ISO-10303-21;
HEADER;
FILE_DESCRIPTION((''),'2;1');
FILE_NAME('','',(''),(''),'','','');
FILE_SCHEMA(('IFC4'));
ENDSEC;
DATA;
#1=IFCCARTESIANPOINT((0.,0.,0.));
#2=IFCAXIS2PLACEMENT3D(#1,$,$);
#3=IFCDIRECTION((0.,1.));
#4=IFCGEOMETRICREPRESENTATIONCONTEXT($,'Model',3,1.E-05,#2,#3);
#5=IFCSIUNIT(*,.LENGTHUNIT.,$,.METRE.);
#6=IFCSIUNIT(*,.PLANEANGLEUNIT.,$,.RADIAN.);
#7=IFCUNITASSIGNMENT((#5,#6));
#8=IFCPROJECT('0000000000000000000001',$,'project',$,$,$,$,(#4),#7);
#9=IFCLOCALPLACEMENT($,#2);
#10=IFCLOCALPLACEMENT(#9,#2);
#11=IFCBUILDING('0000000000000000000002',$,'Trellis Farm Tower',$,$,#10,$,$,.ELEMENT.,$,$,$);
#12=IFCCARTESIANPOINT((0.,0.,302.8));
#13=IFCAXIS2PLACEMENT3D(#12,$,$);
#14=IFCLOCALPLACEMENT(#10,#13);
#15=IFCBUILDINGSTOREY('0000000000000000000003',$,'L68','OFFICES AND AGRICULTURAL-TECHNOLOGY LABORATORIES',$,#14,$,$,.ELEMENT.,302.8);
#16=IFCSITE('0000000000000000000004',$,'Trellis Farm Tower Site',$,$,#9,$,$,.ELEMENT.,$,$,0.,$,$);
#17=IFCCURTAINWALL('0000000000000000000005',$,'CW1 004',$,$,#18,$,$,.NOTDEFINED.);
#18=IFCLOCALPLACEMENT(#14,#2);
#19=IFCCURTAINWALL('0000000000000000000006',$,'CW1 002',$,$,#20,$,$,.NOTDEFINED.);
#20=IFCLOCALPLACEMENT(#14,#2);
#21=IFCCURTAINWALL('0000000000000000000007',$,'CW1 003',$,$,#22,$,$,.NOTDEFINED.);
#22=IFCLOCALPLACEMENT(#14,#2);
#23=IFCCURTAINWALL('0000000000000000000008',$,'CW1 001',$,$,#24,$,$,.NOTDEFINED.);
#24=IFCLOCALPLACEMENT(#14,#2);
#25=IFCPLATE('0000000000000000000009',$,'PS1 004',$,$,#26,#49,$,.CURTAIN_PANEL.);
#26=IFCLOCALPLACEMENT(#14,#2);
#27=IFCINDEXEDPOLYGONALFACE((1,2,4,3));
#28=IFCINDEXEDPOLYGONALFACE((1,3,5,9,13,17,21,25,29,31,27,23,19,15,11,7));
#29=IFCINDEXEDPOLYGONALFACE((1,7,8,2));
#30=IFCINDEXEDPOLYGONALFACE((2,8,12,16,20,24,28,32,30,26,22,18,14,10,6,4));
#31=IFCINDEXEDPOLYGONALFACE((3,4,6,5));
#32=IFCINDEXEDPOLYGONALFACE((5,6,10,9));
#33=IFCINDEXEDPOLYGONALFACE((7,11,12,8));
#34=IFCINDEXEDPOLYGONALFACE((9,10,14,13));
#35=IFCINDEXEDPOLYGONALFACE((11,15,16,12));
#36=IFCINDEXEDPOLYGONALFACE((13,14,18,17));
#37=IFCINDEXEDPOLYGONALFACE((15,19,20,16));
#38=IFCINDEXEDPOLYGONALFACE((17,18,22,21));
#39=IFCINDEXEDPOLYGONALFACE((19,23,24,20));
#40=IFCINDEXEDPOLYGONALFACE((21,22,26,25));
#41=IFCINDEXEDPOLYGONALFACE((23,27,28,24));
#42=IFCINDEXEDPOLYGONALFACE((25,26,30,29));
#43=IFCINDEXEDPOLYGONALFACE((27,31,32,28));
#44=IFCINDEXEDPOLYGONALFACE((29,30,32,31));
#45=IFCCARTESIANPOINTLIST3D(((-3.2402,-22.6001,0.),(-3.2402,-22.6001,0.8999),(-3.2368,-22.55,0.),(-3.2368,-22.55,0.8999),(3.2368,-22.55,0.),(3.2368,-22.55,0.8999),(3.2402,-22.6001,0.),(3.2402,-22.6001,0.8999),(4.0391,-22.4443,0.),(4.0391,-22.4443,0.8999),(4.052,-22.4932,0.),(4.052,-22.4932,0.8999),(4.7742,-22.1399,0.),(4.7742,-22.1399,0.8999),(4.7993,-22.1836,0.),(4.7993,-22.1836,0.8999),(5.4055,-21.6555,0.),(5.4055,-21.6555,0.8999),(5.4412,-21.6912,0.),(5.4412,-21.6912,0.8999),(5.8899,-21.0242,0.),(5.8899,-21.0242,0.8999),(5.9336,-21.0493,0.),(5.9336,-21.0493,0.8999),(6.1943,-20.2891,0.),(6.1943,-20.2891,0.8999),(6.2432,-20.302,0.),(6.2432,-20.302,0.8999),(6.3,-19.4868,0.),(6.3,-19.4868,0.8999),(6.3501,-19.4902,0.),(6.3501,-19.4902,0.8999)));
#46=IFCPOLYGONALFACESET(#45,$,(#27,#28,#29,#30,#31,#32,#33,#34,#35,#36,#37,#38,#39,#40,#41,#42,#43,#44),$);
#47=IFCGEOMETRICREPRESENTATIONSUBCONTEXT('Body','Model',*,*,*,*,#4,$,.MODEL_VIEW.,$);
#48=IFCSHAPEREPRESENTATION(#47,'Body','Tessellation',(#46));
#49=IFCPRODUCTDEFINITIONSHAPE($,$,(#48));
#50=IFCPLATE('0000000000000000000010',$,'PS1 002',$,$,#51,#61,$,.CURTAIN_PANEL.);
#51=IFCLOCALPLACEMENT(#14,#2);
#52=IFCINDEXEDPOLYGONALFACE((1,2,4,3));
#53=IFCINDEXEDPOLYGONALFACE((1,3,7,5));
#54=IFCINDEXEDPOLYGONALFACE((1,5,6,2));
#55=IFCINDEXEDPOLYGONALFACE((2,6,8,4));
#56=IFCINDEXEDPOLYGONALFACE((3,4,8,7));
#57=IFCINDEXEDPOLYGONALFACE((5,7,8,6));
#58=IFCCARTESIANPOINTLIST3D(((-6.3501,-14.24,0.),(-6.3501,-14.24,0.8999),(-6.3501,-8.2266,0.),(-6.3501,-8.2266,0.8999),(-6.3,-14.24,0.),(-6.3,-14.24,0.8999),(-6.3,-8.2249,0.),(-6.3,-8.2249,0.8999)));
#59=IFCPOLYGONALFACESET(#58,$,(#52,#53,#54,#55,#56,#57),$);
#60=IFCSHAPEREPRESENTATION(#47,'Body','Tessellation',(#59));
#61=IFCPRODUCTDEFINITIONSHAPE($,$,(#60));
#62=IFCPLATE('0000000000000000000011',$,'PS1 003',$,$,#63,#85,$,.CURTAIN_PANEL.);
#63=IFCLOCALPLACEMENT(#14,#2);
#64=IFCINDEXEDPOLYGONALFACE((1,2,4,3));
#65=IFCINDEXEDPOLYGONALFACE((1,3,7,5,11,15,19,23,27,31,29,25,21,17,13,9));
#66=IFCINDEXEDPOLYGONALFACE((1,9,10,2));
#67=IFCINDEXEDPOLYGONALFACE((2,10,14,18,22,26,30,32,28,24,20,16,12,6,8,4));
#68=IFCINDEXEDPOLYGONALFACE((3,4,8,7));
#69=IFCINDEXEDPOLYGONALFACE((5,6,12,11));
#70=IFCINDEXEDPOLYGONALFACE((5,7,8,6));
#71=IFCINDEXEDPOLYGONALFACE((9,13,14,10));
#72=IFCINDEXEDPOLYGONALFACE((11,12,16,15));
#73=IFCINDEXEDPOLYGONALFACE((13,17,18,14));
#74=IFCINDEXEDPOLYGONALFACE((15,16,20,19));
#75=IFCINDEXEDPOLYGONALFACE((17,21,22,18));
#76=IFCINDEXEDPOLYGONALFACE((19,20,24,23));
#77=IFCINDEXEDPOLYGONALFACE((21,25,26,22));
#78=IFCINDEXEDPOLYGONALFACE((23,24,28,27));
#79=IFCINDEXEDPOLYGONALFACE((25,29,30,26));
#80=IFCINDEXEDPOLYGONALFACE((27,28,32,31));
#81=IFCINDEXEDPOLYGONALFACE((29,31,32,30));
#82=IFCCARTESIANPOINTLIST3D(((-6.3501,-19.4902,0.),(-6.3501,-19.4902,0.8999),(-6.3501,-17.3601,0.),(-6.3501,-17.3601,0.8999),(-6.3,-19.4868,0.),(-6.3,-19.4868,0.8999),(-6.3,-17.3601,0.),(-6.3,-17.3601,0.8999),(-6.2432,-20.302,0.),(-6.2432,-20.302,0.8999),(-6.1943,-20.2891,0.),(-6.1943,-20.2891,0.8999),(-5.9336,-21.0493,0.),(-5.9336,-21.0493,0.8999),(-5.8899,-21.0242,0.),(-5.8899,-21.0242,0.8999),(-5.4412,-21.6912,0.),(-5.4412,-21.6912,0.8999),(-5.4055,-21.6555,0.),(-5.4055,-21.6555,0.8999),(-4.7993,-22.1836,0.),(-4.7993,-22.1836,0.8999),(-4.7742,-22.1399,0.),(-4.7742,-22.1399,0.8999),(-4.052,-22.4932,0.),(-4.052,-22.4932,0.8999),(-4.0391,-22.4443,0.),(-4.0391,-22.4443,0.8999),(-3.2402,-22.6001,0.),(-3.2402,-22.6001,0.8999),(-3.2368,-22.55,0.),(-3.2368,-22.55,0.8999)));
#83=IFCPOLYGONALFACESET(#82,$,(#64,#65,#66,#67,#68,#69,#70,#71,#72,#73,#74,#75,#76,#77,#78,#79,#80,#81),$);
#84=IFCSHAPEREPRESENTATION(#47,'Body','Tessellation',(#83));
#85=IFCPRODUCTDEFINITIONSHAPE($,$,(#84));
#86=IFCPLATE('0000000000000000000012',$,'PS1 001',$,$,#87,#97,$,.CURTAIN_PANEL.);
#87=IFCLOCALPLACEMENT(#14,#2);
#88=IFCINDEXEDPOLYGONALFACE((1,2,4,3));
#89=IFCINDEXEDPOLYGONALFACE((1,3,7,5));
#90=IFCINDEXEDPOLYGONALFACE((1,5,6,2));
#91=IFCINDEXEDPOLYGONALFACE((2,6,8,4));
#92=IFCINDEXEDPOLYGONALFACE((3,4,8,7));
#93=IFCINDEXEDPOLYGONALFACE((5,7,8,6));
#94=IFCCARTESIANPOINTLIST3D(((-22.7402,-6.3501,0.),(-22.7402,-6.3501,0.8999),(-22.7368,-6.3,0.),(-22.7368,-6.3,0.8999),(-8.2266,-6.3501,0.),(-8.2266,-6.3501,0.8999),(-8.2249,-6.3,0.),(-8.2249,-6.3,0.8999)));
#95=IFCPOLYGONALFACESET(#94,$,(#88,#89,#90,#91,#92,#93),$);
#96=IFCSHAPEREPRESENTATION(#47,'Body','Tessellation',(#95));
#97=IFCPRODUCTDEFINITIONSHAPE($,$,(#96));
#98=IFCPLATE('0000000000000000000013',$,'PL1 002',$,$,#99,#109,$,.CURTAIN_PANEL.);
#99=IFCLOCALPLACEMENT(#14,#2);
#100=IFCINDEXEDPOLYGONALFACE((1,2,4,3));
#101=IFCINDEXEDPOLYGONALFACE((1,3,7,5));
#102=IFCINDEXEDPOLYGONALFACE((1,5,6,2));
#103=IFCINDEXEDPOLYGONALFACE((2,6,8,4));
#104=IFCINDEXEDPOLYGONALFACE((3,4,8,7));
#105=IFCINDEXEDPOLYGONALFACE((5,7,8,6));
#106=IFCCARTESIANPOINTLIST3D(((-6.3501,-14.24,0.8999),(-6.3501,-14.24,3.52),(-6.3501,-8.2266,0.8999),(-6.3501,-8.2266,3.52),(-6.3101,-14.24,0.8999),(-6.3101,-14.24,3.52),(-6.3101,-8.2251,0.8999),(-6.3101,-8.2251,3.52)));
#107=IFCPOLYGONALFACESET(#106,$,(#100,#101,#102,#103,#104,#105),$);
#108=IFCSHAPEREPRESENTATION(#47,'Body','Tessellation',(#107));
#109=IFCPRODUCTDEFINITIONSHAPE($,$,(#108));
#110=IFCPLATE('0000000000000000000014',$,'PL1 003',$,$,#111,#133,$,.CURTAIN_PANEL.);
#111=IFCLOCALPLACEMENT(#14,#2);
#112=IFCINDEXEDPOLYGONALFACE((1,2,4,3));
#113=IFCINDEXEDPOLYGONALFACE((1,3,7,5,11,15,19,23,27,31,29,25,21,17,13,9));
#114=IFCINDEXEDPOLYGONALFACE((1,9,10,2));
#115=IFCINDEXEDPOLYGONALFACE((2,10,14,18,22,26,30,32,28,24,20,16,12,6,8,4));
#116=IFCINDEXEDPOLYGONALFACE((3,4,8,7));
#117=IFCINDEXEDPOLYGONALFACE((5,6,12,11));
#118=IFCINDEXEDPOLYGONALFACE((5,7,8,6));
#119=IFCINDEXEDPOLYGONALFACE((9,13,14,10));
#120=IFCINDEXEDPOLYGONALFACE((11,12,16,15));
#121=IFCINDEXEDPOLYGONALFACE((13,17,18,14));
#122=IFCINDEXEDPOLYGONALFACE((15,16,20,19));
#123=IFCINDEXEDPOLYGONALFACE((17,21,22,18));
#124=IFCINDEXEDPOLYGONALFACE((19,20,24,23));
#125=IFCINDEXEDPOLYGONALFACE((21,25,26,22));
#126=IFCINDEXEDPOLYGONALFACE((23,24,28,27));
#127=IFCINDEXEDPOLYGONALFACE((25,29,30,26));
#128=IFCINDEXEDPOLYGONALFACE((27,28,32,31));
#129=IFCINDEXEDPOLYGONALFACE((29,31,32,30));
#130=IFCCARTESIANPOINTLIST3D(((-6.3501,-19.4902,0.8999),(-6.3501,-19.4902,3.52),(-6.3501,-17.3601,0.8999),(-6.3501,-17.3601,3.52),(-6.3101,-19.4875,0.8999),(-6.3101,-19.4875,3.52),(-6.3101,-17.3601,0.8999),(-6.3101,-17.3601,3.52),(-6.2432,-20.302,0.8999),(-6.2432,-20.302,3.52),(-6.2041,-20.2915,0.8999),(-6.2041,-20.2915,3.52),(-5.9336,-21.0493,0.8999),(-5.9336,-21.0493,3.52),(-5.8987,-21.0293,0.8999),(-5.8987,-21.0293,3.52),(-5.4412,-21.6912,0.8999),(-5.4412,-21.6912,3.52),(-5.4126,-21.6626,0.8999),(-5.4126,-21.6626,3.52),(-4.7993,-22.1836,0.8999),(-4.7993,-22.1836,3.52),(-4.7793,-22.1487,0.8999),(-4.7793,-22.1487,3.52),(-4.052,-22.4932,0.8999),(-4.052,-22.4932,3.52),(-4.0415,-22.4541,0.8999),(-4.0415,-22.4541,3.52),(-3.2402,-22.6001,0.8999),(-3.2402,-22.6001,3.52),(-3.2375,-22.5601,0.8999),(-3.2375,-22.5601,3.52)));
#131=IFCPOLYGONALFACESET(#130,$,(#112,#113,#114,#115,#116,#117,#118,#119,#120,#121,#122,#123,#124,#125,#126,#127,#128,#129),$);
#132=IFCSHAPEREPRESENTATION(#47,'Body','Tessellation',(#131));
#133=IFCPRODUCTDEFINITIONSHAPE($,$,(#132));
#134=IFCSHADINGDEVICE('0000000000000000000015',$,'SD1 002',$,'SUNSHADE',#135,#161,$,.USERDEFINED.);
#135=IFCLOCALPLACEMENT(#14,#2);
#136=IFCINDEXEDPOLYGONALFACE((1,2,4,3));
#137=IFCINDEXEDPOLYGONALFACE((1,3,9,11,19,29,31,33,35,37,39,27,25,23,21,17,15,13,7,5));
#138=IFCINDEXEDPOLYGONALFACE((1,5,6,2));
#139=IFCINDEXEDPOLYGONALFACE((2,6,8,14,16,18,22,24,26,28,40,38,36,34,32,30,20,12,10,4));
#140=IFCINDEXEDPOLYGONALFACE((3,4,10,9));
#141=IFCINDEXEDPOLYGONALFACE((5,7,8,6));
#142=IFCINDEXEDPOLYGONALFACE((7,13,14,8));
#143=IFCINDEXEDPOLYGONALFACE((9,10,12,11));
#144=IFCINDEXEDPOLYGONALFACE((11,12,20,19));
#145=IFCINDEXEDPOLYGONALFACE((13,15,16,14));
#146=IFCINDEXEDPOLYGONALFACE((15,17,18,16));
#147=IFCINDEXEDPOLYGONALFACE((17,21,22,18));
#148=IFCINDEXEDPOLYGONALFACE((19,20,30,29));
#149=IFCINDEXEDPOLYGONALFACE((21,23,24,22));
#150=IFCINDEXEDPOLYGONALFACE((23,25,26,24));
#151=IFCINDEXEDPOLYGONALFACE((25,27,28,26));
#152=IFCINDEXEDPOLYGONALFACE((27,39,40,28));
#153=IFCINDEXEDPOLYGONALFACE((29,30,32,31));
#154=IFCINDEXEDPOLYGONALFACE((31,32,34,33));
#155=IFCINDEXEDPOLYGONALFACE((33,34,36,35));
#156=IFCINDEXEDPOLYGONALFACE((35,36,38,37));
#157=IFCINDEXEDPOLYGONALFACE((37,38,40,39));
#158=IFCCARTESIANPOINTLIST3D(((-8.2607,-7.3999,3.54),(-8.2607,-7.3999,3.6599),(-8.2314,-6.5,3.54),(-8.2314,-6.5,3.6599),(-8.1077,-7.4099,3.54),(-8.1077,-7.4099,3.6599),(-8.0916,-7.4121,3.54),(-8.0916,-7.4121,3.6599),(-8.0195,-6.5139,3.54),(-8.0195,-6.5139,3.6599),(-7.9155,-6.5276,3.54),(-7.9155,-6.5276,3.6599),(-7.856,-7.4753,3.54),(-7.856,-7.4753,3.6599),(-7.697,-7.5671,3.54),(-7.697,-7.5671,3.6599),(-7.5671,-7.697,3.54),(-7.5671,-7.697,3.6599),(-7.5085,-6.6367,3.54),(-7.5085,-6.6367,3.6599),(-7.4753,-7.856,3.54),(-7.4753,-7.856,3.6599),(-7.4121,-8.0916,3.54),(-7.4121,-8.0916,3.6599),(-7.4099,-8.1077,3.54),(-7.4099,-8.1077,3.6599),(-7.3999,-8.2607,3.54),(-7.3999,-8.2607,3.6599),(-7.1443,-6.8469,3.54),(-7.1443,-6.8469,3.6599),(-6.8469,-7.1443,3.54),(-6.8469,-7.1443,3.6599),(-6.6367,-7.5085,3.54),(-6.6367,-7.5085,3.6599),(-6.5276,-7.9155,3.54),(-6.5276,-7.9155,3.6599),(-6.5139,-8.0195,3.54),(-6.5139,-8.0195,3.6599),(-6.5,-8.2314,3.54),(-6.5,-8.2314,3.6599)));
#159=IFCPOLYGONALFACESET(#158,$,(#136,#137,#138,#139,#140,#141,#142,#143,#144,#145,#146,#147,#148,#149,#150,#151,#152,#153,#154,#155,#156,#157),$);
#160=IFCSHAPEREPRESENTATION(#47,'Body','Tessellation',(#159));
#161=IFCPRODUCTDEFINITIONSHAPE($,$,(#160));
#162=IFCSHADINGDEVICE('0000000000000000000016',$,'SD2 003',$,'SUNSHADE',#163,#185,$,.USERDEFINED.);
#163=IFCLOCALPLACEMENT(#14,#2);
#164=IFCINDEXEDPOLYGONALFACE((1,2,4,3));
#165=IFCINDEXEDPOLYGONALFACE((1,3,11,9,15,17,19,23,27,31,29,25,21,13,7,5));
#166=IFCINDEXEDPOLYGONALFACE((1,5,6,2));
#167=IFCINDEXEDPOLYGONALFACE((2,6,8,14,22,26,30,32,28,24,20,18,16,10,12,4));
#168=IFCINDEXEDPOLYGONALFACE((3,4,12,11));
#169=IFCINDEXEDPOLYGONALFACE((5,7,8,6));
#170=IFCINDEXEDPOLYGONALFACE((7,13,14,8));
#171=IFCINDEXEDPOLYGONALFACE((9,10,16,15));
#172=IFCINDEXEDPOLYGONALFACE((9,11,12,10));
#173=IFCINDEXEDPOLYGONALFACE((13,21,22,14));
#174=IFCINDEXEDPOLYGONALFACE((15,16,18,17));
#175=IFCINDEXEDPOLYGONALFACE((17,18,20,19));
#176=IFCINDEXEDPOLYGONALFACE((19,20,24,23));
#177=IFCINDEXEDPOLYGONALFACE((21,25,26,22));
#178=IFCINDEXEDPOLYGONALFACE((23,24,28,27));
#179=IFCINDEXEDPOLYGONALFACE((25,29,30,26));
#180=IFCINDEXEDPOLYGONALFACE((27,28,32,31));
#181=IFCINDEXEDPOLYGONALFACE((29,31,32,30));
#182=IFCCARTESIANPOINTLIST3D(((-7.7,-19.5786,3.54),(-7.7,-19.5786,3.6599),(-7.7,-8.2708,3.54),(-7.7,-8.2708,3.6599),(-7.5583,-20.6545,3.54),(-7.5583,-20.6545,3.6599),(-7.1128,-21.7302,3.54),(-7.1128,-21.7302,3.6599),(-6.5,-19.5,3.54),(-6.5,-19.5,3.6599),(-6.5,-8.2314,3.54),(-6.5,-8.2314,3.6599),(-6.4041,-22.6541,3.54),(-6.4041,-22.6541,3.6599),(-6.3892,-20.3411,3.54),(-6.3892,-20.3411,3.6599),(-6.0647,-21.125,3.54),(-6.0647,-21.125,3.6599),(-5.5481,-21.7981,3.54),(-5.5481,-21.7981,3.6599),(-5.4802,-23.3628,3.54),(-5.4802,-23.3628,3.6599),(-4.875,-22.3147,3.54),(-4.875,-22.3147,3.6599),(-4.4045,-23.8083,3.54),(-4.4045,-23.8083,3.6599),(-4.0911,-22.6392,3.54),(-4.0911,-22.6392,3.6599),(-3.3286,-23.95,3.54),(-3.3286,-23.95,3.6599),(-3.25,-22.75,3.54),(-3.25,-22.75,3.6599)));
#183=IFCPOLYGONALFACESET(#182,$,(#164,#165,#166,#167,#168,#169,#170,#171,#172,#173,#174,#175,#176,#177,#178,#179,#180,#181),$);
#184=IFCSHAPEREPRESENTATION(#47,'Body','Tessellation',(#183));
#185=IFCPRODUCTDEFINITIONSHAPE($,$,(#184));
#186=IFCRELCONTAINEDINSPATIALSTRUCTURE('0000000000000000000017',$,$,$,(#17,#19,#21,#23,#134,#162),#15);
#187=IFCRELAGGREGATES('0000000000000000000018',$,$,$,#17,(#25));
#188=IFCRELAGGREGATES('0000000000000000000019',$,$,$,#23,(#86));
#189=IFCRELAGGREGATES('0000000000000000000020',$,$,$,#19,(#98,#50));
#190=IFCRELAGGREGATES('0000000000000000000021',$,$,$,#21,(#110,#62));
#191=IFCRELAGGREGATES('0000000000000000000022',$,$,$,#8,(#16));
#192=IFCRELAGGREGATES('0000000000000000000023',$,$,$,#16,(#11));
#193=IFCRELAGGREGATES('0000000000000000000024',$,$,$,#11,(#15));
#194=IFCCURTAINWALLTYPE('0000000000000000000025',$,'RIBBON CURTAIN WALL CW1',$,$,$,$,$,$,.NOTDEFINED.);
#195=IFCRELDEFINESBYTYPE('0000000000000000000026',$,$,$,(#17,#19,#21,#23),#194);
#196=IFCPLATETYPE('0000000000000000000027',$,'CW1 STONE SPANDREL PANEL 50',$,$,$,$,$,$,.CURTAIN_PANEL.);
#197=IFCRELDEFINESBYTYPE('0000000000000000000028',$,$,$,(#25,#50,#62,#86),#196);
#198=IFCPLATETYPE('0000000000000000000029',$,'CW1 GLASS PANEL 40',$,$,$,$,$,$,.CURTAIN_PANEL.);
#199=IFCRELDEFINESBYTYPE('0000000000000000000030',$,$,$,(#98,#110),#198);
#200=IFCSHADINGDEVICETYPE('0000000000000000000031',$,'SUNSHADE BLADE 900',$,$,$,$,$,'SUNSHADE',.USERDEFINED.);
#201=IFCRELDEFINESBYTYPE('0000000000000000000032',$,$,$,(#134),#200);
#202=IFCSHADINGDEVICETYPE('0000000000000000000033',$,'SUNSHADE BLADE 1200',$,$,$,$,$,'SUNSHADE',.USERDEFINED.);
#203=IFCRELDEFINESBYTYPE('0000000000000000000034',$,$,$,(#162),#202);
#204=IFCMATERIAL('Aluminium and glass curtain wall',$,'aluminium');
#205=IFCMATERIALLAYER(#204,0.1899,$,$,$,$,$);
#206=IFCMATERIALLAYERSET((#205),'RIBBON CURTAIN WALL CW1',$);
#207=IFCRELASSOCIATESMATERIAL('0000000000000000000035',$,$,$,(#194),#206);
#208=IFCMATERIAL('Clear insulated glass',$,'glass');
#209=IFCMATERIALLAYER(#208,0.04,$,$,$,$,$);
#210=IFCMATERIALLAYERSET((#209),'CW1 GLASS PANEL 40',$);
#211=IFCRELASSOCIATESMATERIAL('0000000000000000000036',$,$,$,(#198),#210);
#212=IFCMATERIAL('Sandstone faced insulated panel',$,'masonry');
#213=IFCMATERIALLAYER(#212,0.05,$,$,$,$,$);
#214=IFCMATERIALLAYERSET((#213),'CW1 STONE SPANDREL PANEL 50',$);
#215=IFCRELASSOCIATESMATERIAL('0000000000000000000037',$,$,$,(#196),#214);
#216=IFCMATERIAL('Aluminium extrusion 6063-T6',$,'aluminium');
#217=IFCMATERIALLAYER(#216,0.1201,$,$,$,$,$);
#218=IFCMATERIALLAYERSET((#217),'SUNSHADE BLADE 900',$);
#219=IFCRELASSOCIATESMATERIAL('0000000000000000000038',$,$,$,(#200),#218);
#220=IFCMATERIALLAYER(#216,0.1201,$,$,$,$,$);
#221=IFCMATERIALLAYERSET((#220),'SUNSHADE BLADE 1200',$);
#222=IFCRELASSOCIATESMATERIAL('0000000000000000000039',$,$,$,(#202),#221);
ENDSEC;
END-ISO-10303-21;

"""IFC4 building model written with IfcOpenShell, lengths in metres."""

from ifc_helpers import new_model, si_unit, direction, frame, origin, place, context, subcontext, project, spatial, polyline, outline, extrude, source, transform, mapped, material, layer, layer_set, type_object, element, aggregate, save


model = new_model("IFC4")

# Units and contexts
model_context = context("Model", 3, precision=1e-05, world=origin(), true_north=direction((0.0, 1.0)))
body_context = subcontext(model_context, "Body", "Model", "MODEL_VIEW")
ifc_project = project(units=[si_unit("LENGTHUNIT", "METRE"), si_unit("PLANEANGLEUNIT", "RADIAN")], contexts=[model_context])

# Site, building, storey
site_placement = place(None, origin())
site = spatial("IfcSite", under=ifc_project, at=site_placement, Name="Trellis Farm Tower Site", CompositionType="ELEMENT", RefElevation=0.0)
building_placement = place(site_placement, origin())
building = spatial("IfcBuilding", under=site, at=building_placement, Name="Trellis Farm Tower", CompositionType="ELEMENT")
storey_placement = place(building_placement, frame((0.0, 0.0, 302.8)))
storey = spatial("IfcBuildingStorey", under=building, at=storey_placement, Name="L68", Description="OFFICES AND AGRICULTURAL-TECHNOLOGY LABORATORIES", CompositionType="ELEMENT", Elevation=302.8)

# Curtain walls
ifc_material_1 = material(Name="Aluminium and glass curtain wall", Category="aluminium")
placement_1 = place(storey_placement, origin())
ifc_material_2 = material(Name="Aluminium extrusion 6063-T6", Category="aluminium")
ifc_layer_1 = layer(ifc_material_1, 0.1899)
ifc_layer_set_1 = layer_set([ifc_layer_1], Name="RIBBON CURTAIN WALL CW1")
curtain_wall_type_1 = type_object("IfcCurtainWallType", Name="RIBBON CURTAIN WALL CW1", PredefinedType="NOTDEFINED", material=ifc_layer_set_1)
curtain_wall_1 = element("IfcCurtainWall", 1, at=placement_1, inside=storey, type_object=curtain_wall_type_1, Name="CW1 004", PredefinedType="NOTDEFINED")
curtain_wall_2 = element("IfcCurtainWall", 2, at=placement_1, inside=storey, type_object=curtain_wall_type_1, Name="CW1 002", PredefinedType="NOTDEFINED")
curtain_wall_3 = element("IfcCurtainWall", 3, at=placement_1, inside=storey, type_object=curtain_wall_type_1, Name="CW1 003", PredefinedType="NOTDEFINED")
curtain_wall_4 = element("IfcCurtainWall", 4, at=placement_1, inside=storey, type_object=curtain_wall_type_1, Name="CW1 001", PredefinedType="NOTDEFINED")

# Plates
ifc_material_3 = material(Name="Clear insulated glass", Category="glass")
ifc_layer_2 = layer(ifc_material_3, 0.04)
ifc_layer_set_2 = layer_set([ifc_layer_2], Name="CW1 GLASS PANEL 40")
plate_type_1 = type_object("IfcPlateType", Name="CW1 GLASS PANEL 40", PredefinedType="CURTAIN_PANEL", material=ifc_layer_set_2)
placement_2 = place(storey_placement, frame((0.0, 0.0, 0.8999)))
ifc_material_4 = material(Name="Sandstone faced insulated panel", Category="masonry")
ifc_layer_3 = layer(ifc_material_4, 0.05)
ifc_layer_set_3 = layer_set([ifc_layer_3], Name="CW1 STONE SPANDREL PANEL 50")
plate_type_2 = type_object("IfcPlateType", Name="CW1 STONE SPANDREL PANEL 50", PredefinedType="CURTAIN_PANEL", material=ifc_layer_set_3)
shared_shape_1 = source(origin(), body_context, "Body", "SweptSolid", [
    extrude(outline(polyline([(-3.2402, -22.6001), (3.2402, -22.6001), (4.052, -22.4932), (4.7993, -22.1836), (5.4412, -21.6912), (5.9336, -21.0493), (6.2432, -20.302), (6.3501, -19.4902), (6.3, -19.4868), (6.1943, -20.2891), (5.8899, -21.0242), (5.4055, -21.6555), (4.7742, -22.1399), (4.0391, -22.4443), (3.2368, -22.55), (-3.2368, -22.55), (-3.2402, -22.6001)])), origin(), (0.0, 0.0, 1.0), 0.8999),
])
plate_1 = element("IfcPlate", 5, at=placement_1, type_object=plate_type_2, Name="PS1 004", PredefinedType="CURTAIN_PANEL", context=body_context, shape_type="MappedRepresentation", body=[
    mapped(shared_shape_1, transform((0.0, 0.0, 0.0))),
])
aggregate(curtain_wall_1, [plate_1])
shared_shape_2 = source(origin(), body_context, "Body", "SweptSolid", [
    extrude(outline(polyline([(-6.3501, -8.2266), (-6.3501, -14.24), (-6.3, -14.24), (-6.3, -8.2249), (-6.3501, -8.2266)])), origin(), (0.0, 0.0, 1.0), 0.8999),
])
plate_2 = element("IfcPlate", 6, at=placement_1, type_object=plate_type_2, Name="PS1 002", PredefinedType="CURTAIN_PANEL", context=body_context, shape_type="MappedRepresentation", body=[
    mapped(shared_shape_2, transform((0.0, 0.0, 0.0))),
])
shared_shape_3 = source(origin(), body_context, "Body", "SweptSolid", [
    extrude(outline(polyline([(-6.3501, -17.3601), (-6.3501, -19.4902), (-6.2432, -20.302), (-5.9336, -21.0493), (-5.4412, -21.6912), (-4.7993, -22.1836), (-4.052, -22.4932), (-3.2402, -22.6001), (-3.2368, -22.55), (-4.0391, -22.4443), (-4.7742, -22.1399), (-5.4055, -21.6555), (-5.8899, -21.0242), (-6.1943, -20.2891), (-6.3, -19.4868), (-6.3, -17.3601), (-6.3501, -17.3601)])), origin(), (0.0, 0.0, 1.0), 0.8999),
])
plate_3 = element("IfcPlate", 7, at=placement_1, type_object=plate_type_2, Name="PS1 003", PredefinedType="CURTAIN_PANEL", context=body_context, shape_type="MappedRepresentation", body=[
    mapped(shared_shape_3, transform((0.0, 0.0, 0.0))),
])
shared_shape_4 = source(origin(), body_context, "Body", "SweptSolid", [
    extrude(outline(polyline([(-22.7402, -6.3501), (-8.2266, -6.3501), (-8.2249, -6.3), (-22.7368, -6.3), (-22.7402, -6.3501)])), origin(), (0.0, 0.0, 1.0), 0.8999),
])
plate_4 = element("IfcPlate", 8, at=placement_1, type_object=plate_type_2, Name="PS1 001", PredefinedType="CURTAIN_PANEL", context=body_context, shape_type="MappedRepresentation", body=[
    mapped(shared_shape_4, transform((0.0, 0.0, 0.0))),
])
aggregate(curtain_wall_4, [plate_4])
shared_shape_5 = source(origin(), body_context, "Body", "SweptSolid", [
    extrude(outline(polyline([(-6.3501, -8.2266), (-6.3501, -14.24), (-6.3101, -14.24), (-6.3101, -8.2251), (-6.3501, -8.2266)])), origin(), (0.0, 0.0, 1.0), 2.6201),
])
plate_5 = element("IfcPlate", 9, at=placement_2, type_object=plate_type_1, Name="PL1 002", PredefinedType="CURTAIN_PANEL", context=body_context, shape_type="MappedRepresentation", body=[
    mapped(shared_shape_5, transform((0.0, 0.0, 0.0))),
])
aggregate(curtain_wall_2, [plate_5, plate_2])
shared_shape_6 = source(origin(), body_context, "Body", "SweptSolid", [
    extrude(outline(polyline([(-6.3501, -17.3601), (-6.3501, -19.4902), (-6.2432, -20.302), (-5.9336, -21.0493), (-5.4412, -21.6912), (-4.7993, -22.1836), (-4.052, -22.4932), (-3.2402, -22.6001), (-3.2375, -22.5601), (-4.0415, -22.4541), (-4.7793, -22.1487), (-5.4126, -21.6626), (-5.8987, -21.0293), (-6.2041, -20.2915), (-6.3101, -19.4875), (-6.3101, -17.3601), (-6.3501, -17.3601)])), origin(), (0.0, 0.0, 1.0), 2.6201),
])
plate_6 = element("IfcPlate", 10, at=placement_2, type_object=plate_type_1, Name="PL1 003", PredefinedType="CURTAIN_PANEL", context=body_context, shape_type="MappedRepresentation", body=[
    mapped(shared_shape_6, transform((0.0, 0.0, 0.0))),
])
aggregate(curtain_wall_3, [plate_6, plate_3])

# Shading devices
ifc_layer_4 = layer(ifc_material_2, 0.1201)
ifc_layer_set_4 = layer_set([ifc_layer_4], Name="SUNSHADE BLADE 900")
shading_device_type_1 = type_object("IfcShadingDeviceType", Name="SUNSHADE BLADE 900", ElementType="SUNSHADE", PredefinedType="USERDEFINED", material=ifc_layer_set_4)
shared_shape_7 = source(origin(), body_context, "Body", "SweptSolid", [
    extrude(outline(polyline([(-8.2607, -7.3999), (-8.1077, -7.4099), (-8.0916, -7.4121), (-7.856, -7.4753), (-7.697, -7.5671), (-7.5671, -7.697), (-7.4753, -7.856), (-7.4121, -8.0916), (-7.4099, -8.1077), (-7.3999, -8.2607), (-6.5, -8.2314), (-6.5139, -8.0195), (-6.5276, -7.9155), (-6.6367, -7.5085), (-6.8469, -7.1443), (-7.1443, -6.8469), (-7.5085, -6.6367), (-7.9155, -6.5276), (-8.0195, -6.5139), (-8.2314, -6.5), (-8.2607, -7.3999)])), origin(), (0.0, 0.0, 1.0), 0.1199),
])
placement_3 = place(storey_placement, frame((0.0, 0.0, 3.54)))
element("IfcShadingDevice", 11, at=placement_3, inside=storey, type_object=shading_device_type_1, Name="SD1 002", ObjectType="SUNSHADE", PredefinedType="USERDEFINED", context=body_context, shape_type="MappedRepresentation", body=[
    mapped(shared_shape_7, transform((0.0, 0.0, 0.0))),
])
ifc_layer_5 = layer(ifc_material_2, 0.1201)
ifc_layer_set_5 = layer_set([ifc_layer_5], Name="SUNSHADE BLADE 1200")
shading_device_type_2 = type_object("IfcShadingDeviceType", Name="SUNSHADE BLADE 1200", ElementType="SUNSHADE", PredefinedType="USERDEFINED", material=ifc_layer_set_5)
shared_shape_8 = source(origin(), body_context, "Body", "SweptSolid", [
    extrude(outline(polyline([(-7.7, -8.2708), (-7.7, -19.5786), (-7.5583, -20.6545), (-7.1128, -21.7302), (-6.4041, -22.6541), (-5.4802, -23.3628), (-4.4045, -23.8083), (-3.3286, -23.95), (-3.25, -22.75), (-4.0911, -22.6392), (-4.875, -22.3147), (-5.5481, -21.7981), (-6.0647, -21.125), (-6.3892, -20.3411), (-6.5, -19.5), (-6.5, -8.2314), (-7.7, -8.2708)])), origin(), (0.0, 0.0, 1.0), 0.1199),
])
element("IfcShadingDevice", 12, at=placement_3, inside=storey, type_object=shading_device_type_2, Name="SD2 003", ObjectType="SUNSHADE", PredefinedType="USERDEFINED", context=body_context, shape_type="MappedRepresentation", body=[
    mapped(shared_shape_8, transform((0.0, 0.0, 0.0))),
])

save(model, "model.ifc")
